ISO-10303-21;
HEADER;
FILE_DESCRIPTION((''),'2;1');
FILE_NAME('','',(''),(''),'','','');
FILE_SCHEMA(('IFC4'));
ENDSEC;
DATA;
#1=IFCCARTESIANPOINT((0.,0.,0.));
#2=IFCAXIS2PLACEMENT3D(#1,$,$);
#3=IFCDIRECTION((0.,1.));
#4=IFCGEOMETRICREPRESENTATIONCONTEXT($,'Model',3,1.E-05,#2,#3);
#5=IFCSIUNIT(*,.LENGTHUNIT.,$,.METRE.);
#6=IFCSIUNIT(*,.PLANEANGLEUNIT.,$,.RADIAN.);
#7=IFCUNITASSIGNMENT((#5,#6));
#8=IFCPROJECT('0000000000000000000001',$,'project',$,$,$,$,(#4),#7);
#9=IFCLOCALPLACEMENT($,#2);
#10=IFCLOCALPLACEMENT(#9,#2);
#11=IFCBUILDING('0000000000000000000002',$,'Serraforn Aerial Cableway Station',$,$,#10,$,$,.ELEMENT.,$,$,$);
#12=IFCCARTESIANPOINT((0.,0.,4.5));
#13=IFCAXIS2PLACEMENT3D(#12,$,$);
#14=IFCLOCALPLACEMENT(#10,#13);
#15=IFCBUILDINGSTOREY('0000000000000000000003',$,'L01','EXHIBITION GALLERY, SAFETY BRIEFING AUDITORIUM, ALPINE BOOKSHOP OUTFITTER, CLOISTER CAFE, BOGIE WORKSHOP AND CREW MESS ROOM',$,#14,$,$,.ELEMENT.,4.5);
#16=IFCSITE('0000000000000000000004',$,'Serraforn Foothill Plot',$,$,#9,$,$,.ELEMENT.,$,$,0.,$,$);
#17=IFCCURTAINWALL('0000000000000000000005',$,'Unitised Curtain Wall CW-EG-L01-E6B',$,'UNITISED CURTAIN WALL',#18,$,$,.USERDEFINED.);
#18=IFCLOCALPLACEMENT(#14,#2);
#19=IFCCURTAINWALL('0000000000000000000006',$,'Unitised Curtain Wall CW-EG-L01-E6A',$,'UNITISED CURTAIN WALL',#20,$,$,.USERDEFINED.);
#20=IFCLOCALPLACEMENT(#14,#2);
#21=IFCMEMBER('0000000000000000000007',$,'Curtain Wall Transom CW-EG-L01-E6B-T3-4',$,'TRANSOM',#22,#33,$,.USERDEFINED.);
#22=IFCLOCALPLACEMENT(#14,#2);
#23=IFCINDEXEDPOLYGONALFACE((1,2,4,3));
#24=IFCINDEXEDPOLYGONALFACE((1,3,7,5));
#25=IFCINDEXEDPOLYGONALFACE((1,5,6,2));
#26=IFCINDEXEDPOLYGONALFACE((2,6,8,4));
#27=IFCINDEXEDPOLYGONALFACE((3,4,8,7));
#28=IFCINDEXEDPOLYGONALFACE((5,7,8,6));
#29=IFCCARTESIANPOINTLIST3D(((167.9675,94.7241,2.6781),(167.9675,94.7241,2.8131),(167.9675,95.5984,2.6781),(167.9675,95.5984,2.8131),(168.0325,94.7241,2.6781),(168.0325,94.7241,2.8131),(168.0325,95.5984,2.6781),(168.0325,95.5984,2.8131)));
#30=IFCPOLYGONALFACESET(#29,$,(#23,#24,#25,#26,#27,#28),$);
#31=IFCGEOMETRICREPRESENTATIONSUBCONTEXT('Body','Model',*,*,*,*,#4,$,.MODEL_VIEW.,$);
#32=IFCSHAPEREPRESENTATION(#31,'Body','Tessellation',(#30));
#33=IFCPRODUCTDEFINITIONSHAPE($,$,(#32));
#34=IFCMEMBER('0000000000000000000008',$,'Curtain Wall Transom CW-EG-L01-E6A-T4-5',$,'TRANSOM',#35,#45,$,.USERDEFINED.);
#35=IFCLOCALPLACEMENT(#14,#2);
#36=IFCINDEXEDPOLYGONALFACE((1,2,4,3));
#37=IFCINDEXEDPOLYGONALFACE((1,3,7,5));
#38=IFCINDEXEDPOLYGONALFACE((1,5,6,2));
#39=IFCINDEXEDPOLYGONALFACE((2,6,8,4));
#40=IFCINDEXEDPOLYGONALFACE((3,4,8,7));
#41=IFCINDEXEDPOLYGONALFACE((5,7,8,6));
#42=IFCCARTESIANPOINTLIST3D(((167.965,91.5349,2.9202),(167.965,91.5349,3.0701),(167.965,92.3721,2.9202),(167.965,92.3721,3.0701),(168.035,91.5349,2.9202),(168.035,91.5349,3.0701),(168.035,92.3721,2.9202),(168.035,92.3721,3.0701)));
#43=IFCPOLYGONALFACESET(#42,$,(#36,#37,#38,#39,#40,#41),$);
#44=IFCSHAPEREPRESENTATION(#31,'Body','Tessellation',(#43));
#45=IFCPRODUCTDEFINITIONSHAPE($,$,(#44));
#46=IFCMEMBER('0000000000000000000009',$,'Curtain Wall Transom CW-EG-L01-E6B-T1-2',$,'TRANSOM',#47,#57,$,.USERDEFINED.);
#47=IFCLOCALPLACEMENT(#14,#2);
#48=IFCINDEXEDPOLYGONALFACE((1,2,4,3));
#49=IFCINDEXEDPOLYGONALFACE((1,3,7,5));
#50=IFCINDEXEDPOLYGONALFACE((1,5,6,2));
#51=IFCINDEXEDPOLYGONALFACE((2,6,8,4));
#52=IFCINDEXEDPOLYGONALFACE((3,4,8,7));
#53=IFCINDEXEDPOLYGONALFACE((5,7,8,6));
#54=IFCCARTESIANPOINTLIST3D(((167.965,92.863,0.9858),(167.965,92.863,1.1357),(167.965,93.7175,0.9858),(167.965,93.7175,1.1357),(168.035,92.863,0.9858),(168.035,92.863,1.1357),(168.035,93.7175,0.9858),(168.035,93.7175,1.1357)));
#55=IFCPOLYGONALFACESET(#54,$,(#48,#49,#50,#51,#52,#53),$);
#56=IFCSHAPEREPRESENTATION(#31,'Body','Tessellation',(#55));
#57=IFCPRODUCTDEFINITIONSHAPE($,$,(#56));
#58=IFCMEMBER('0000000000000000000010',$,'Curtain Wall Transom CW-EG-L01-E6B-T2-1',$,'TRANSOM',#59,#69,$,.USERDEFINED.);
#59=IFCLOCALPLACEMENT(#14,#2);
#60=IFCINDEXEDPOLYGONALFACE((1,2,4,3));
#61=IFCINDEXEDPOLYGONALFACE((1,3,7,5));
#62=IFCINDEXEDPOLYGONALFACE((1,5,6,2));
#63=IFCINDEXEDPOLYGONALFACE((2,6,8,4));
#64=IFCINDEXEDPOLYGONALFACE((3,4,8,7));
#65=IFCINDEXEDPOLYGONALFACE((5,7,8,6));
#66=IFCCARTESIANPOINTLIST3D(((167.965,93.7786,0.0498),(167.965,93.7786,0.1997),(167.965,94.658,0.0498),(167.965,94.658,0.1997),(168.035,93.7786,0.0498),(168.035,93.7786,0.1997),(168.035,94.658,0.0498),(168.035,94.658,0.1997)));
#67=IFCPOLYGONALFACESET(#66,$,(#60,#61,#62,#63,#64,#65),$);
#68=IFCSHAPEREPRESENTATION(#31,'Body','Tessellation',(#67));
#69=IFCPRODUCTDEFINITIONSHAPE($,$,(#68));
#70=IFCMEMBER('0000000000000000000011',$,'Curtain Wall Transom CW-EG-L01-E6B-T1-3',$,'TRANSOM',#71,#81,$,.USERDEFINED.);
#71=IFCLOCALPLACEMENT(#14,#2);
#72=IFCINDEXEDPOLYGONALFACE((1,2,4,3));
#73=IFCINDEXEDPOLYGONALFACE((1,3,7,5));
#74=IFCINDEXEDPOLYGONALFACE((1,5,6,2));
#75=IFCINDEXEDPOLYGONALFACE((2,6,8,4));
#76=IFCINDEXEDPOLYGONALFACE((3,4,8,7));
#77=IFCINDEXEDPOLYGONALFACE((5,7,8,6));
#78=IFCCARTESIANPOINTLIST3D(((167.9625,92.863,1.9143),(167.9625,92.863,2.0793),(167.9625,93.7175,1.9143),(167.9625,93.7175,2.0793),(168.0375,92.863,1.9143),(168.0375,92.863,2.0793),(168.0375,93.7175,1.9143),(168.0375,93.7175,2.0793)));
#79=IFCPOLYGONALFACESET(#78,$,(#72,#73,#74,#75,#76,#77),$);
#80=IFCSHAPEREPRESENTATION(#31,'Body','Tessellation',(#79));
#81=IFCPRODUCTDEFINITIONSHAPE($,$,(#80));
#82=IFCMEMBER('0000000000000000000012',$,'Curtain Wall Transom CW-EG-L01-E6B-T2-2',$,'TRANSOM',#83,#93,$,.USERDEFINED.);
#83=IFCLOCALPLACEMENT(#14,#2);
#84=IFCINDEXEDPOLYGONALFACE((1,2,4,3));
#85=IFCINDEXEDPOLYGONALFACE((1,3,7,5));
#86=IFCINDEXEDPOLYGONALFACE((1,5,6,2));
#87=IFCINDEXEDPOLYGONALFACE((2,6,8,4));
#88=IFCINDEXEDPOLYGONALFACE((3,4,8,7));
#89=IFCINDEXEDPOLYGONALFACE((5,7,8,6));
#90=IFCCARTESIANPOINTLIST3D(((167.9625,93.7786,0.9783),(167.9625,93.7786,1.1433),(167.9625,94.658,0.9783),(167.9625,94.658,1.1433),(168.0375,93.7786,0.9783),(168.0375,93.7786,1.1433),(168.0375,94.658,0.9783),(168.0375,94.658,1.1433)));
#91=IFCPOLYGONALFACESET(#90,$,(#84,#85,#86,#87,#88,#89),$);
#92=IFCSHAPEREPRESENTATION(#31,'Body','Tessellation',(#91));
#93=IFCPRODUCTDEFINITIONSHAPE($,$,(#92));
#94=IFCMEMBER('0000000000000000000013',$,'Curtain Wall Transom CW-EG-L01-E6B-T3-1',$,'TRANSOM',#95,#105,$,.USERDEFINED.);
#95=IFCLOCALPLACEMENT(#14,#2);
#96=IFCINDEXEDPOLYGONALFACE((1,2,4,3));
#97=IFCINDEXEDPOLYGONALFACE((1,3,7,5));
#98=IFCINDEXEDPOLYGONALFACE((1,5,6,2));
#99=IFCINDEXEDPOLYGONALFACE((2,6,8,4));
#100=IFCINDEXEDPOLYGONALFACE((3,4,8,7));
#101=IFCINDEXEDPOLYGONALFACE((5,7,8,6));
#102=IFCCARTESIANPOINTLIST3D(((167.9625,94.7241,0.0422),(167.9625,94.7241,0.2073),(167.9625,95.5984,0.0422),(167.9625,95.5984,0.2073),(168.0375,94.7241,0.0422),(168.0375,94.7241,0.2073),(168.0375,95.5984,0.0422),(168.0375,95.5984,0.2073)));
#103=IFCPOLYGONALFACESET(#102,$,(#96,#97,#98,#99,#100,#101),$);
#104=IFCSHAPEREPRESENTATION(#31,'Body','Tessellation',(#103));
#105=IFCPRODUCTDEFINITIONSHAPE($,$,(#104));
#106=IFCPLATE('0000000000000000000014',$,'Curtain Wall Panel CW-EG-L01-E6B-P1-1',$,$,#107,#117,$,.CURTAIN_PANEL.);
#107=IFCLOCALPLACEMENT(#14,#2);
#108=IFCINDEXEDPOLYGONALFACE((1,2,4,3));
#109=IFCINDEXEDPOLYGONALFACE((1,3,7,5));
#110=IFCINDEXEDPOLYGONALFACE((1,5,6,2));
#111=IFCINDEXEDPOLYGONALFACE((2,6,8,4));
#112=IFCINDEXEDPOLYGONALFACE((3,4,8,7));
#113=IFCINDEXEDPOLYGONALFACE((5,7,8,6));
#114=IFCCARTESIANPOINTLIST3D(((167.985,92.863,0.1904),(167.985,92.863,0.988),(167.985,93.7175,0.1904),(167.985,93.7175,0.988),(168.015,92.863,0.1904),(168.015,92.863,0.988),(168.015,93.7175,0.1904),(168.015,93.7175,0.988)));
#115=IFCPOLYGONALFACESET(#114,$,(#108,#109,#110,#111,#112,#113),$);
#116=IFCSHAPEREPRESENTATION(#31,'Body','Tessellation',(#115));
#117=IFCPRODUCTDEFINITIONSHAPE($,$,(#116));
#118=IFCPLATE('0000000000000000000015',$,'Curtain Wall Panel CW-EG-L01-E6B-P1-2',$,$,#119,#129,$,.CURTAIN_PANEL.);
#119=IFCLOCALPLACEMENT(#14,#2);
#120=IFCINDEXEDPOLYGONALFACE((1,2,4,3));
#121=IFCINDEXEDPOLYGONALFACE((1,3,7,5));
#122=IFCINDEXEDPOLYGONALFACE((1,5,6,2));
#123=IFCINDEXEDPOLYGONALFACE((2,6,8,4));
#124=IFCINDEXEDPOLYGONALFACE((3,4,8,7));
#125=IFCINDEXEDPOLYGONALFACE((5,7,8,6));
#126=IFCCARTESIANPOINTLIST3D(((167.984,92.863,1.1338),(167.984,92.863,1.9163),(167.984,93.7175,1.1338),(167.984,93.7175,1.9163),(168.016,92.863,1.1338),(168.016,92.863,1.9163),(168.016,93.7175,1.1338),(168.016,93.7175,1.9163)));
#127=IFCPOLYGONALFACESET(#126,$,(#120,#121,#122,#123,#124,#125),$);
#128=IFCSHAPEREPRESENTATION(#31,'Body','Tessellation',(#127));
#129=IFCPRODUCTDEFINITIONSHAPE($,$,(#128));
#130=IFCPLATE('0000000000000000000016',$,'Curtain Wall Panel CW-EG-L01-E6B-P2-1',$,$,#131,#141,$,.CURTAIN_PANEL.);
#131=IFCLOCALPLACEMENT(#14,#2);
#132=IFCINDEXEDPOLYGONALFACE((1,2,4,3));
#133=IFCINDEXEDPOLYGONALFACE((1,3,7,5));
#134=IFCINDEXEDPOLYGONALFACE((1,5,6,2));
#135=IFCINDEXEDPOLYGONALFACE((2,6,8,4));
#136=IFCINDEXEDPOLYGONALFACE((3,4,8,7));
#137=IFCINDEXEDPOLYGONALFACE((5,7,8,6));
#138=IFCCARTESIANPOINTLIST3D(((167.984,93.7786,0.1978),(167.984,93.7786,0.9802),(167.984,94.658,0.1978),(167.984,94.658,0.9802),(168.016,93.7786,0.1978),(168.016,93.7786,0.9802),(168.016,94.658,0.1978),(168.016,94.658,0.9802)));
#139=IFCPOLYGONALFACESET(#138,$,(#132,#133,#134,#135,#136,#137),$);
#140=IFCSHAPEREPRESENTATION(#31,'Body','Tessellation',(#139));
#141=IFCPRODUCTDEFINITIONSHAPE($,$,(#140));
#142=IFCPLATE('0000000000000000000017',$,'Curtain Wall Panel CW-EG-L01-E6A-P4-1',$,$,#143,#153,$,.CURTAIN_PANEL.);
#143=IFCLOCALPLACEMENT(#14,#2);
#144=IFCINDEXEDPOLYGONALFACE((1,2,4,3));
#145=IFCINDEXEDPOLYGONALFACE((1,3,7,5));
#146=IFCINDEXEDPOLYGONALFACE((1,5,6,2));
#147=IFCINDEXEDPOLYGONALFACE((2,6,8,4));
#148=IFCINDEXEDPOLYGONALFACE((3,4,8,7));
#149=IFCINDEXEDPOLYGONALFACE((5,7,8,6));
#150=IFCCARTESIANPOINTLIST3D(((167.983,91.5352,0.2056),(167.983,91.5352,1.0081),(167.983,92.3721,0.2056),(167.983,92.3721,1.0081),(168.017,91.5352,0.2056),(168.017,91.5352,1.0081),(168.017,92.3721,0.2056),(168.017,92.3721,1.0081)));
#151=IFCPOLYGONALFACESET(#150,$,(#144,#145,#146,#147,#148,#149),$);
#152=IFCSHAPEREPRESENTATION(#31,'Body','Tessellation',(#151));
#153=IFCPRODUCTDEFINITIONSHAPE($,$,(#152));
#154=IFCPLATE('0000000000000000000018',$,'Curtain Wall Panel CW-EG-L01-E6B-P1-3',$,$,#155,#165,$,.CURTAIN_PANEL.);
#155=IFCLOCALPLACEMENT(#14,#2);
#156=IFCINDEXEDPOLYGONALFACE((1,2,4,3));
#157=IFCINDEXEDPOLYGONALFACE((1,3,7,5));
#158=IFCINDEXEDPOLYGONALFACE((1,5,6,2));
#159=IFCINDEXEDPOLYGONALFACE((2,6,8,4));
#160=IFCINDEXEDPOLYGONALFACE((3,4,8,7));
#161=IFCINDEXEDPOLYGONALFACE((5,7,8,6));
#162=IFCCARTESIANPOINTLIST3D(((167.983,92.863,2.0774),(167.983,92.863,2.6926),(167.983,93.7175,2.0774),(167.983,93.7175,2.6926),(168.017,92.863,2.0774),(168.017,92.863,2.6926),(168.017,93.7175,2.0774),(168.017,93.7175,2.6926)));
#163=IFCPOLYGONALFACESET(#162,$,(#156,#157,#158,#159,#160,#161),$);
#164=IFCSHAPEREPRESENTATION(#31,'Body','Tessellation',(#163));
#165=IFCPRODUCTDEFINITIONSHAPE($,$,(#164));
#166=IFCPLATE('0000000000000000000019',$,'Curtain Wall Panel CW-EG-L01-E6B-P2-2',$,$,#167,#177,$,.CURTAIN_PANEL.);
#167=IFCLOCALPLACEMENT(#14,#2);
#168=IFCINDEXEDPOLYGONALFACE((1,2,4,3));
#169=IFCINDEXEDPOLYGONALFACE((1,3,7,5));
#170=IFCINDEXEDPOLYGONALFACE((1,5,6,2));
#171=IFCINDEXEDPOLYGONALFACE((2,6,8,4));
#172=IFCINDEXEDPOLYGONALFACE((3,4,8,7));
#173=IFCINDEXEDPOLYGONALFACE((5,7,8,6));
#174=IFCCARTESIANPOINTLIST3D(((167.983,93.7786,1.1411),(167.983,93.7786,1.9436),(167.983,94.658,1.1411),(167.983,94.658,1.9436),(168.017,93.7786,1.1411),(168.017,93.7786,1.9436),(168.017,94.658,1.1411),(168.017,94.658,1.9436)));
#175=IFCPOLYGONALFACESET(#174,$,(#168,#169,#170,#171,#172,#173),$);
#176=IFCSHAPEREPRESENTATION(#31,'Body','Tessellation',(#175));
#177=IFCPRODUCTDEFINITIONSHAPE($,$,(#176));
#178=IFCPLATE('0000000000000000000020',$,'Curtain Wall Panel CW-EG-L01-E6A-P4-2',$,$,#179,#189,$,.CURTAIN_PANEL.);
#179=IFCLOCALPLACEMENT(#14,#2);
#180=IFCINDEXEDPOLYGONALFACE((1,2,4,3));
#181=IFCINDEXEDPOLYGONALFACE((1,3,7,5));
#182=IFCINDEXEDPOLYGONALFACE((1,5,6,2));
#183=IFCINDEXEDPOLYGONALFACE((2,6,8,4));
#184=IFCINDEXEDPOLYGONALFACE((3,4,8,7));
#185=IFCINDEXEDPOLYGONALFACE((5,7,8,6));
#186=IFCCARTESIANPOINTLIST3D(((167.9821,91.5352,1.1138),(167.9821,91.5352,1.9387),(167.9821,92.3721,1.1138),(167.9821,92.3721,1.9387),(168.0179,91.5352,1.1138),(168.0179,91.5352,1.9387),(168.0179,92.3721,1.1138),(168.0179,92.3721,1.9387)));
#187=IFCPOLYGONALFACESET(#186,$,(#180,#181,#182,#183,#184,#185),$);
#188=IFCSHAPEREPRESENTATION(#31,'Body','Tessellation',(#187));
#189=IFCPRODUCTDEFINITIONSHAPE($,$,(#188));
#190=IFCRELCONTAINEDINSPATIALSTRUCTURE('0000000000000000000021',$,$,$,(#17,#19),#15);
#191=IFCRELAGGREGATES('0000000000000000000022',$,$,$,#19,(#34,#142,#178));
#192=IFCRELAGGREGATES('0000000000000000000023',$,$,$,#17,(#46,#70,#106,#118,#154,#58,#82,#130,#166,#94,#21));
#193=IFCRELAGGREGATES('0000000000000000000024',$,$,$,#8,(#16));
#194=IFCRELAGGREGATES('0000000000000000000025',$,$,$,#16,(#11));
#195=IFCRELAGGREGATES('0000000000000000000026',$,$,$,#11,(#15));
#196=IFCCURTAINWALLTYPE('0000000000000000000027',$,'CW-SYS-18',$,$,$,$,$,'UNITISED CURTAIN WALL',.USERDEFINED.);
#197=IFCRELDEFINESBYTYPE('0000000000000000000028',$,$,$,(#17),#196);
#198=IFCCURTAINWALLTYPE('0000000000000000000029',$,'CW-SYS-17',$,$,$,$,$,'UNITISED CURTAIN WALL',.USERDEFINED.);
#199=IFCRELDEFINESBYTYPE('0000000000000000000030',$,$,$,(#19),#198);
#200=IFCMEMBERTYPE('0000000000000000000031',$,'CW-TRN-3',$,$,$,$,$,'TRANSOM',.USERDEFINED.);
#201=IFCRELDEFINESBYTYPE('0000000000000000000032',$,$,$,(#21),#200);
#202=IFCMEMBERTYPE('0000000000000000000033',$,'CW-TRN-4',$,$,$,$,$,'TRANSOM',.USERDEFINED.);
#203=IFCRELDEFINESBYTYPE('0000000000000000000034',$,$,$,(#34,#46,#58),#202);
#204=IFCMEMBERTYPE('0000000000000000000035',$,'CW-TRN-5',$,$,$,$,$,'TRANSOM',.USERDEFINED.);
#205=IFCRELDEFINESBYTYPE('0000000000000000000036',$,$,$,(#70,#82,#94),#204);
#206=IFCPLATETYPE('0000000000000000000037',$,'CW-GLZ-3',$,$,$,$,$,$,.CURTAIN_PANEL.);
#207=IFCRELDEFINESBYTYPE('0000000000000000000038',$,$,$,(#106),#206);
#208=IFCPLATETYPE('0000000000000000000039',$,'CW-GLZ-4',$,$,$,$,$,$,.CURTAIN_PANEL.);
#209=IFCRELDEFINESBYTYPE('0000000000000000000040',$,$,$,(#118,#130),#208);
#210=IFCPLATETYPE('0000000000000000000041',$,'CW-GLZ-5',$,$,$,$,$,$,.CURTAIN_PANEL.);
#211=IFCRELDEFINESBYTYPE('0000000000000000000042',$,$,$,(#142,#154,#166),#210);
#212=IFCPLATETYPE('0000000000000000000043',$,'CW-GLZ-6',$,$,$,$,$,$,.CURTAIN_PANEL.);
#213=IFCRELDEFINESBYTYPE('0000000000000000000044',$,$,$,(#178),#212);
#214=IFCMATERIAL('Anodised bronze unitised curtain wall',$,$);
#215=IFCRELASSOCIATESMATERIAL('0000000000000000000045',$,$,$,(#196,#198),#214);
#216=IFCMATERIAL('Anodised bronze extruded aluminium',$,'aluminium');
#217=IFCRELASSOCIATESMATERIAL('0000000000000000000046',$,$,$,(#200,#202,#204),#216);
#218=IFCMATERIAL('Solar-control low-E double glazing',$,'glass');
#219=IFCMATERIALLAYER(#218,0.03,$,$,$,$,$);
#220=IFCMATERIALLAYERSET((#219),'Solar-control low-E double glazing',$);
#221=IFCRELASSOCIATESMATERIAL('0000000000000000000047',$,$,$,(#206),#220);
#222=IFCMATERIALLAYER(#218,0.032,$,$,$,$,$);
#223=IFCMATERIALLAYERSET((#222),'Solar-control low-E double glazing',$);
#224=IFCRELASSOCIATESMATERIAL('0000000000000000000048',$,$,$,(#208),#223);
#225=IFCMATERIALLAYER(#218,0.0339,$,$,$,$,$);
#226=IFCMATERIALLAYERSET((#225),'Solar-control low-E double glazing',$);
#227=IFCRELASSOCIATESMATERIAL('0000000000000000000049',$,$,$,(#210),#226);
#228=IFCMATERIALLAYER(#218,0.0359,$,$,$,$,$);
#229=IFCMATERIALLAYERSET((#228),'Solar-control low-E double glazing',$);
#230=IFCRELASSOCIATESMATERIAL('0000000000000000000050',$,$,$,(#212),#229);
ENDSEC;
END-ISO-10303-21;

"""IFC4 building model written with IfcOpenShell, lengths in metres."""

from ifc_helpers import new_model, si_unit, direction, frame, origin, origin_2d, place, context, subcontext, project, spatial, rectangle, extrude, material, layer, layer_set, material_profile, profile_set, type_object, element, aggregate, save


model = new_model("IFC4")

# Units and contexts
model_context = context("Model", 3, precision=1e-05, world=origin(), true_north=direction((0.0, 1.0)))
body_context = subcontext(model_context, "Body", "Model", "MODEL_VIEW")
ifc_project = project(units=[si_unit("LENGTHUNIT", "METRE"), si_unit("PLANEANGLEUNIT", "RADIAN")], contexts=[model_context])

# Site, building, storey
site_placement = place(None, origin())
site = spatial("IfcSite", under=ifc_project, at=site_placement, Name="Serraforn Foothill Plot", CompositionType="ELEMENT", RefElevation=0.0)
building_placement = place(site_placement, origin())
building = spatial("IfcBuilding", under=site, at=building_placement, Name="Serraforn Aerial Cableway Station", CompositionType="ELEMENT")
storey_placement = place(building_placement, frame((0.0, 0.0, 4.5)))
storey = spatial("IfcBuildingStorey", under=building, at=storey_placement, Name="L01", Description="EXHIBITION GALLERY, SAFETY BRIEFING AUDITORIUM, ALPINE BOOKSHOP OUTFITTER, CLOISTER CAFE, BOGIE WORKSHOP AND CREW MESS ROOM", CompositionType="ELEMENT", Elevation=4.5)

# Curtain wall
ifc_material_1 = material(Name="Anodised bronze unitised curtain wall")
curtain_wall_type_1 = type_object("IfcCurtainWallType", Name="CW-SYS-18", ElementType="UNITISED CURTAIN WALL", PredefinedType="USERDEFINED", material=ifc_material_1)
curtain_wall_1_placement = place(storey_placement, origin())
curtain_wall_1 = element("IfcCurtainWall", 1, at=curtain_wall_1_placement, inside=storey, type_object=curtain_wall_type_1, Name="Unitised Curtain Wall CW-EG-L01-E6B", ObjectType="UNITISED CURTAIN WALL", PredefinedType="USERDEFINED")
ifc_material_2 = material(Name="Anodised bronze extruded aluminium", Category="aluminium")

# Curtain wall
curtain_wall_type_2 = type_object("IfcCurtainWallType", Name="CW-SYS-17", ElementType="UNITISED CURTAIN WALL", PredefinedType="USERDEFINED", material=ifc_material_1)
curtain_wall_2_placement = place(storey_placement, origin())
curtain_wall_2 = element("IfcCurtainWall", 2, at=curtain_wall_2_placement, inside=storey, type_object=curtain_wall_type_2, Name="Unitised Curtain Wall CW-EG-L01-E6A", ObjectType="UNITISED CURTAIN WALL", PredefinedType="USERDEFINED")

# Members
ifc_material_profile_1 = material_profile(ifc_material_2, rectangle(XDim=0.0649, YDim=0.135, at=origin_2d()), Name="CW TRANSOM 65x135")
ifc_profile_set_1 = profile_set([ifc_material_profile_1], Name="Anodised bronze extruded aluminium")
member_type_1 = type_object("IfcMemberType", Name="CW-TRN-3", ElementType="TRANSOM", PredefinedType="USERDEFINED", material=ifc_profile_set_1)
member_1_placement = place(storey_placement, frame((168.0, 94.7241, 2.7456), z_axis=(0.0, 1.0, 0.0), x_axis=(-1.0, 0.0, 0.0)))
member_1 = element("IfcMember", 3, at=member_1_placement, type_object=member_type_1, Name="Curtain Wall Transom CW-EG-L01-E6B-T3-4", ObjectType="TRANSOM", PredefinedType="USERDEFINED", context=body_context, shape_type="SweptSolid", body=[
    extrude(rectangle(XDim=0.0649, YDim=0.135, at=origin_2d()), origin(), (0.0, 0.0, 1.0), 0.8743),
])
ifc_material_profile_2 = material_profile(ifc_material_2, rectangle(XDim=0.0701, YDim=0.1499, at=origin_2d()), Name="CW TRANSOM 70x150")
ifc_profile_set_2 = profile_set([ifc_material_profile_2], Name="Anodised bronze extruded aluminium")
member_type_2 = type_object("IfcMemberType", Name="CW-TRN-4", ElementType="TRANSOM", PredefinedType="USERDEFINED", material=ifc_profile_set_2)
member_2_placement = place(storey_placement, frame((168.0, 91.5349, 2.9951), z_axis=(0.0, 1.0, 0.0), x_axis=(-1.0, 0.0, 0.0)))
member_2 = element("IfcMember", 4, at=member_2_placement, type_object=member_type_2, Name="Curtain Wall Transom CW-EG-L01-E6A-T4-5", ObjectType="TRANSOM", PredefinedType="USERDEFINED", context=body_context, shape_type="SweptSolid", body=[
    extrude(rectangle(XDim=0.0701, YDim=0.1499, at=origin_2d()), origin(), (0.0, 0.0, 1.0), 0.8372),
])
member_3_placement = place(storey_placement, frame((168.0, 92.863, 1.0608), z_axis=(0.0, 1.0, 0.0), x_axis=(-1.0, 0.0, 0.0)))
member_3 = element("IfcMember", 5, at=member_3_placement, type_object=member_type_2, Name="Curtain Wall Transom CW-EG-L01-E6B-T1-2", ObjectType="TRANSOM", PredefinedType="USERDEFINED", context=body_context, shape_type="SweptSolid", body=[
    extrude(rectangle(XDim=0.0701, YDim=0.1499, at=origin_2d()), origin(), (0.0, 0.0, 1.0), 0.8545),
])
member_4_placement = place(storey_placement, frame((168.0, 93.7786, 0.1248), z_axis=(0.0, 1.0, 0.0), x_axis=(-1.0, 0.0, 0.0)))
member_4 = element("IfcMember", 6, at=member_4_placement, type_object=member_type_2, Name="Curtain Wall Transom CW-EG-L01-E6B-T2-1", ObjectType="TRANSOM", PredefinedType="USERDEFINED", context=body_context, shape_type="SweptSolid", body=[
    extrude(rectangle(XDim=0.0701, YDim=0.1499, at=origin_2d()), origin(), (0.0, 0.0, 1.0), 0.8794),
])
ifc_material_profile_3 = material_profile(ifc_material_2, rectangle(XDim=0.075, YDim=0.165, at=origin_2d()), Name="CW TRANSOM 75x165")
ifc_profile_set_3 = profile_set([ifc_material_profile_3], Name="Anodised bronze extruded aluminium")
member_type_3 = type_object("IfcMemberType", Name="CW-TRN-5", ElementType="TRANSOM", PredefinedType="USERDEFINED", material=ifc_profile_set_3)
member_5_placement = place(storey_placement, frame((168.0, 92.863, 1.9968), z_axis=(0.0, 1.0, 0.0), x_axis=(-1.0, 0.0, 0.0)))
member_5 = element("IfcMember", 7, at=member_5_placement, type_object=member_type_3, Name="Curtain Wall Transom CW-EG-L01-E6B-T1-3", ObjectType="TRANSOM", PredefinedType="USERDEFINED", context=body_context, shape_type="SweptSolid", body=[
    extrude(rectangle(XDim=0.075, YDim=0.165, at=origin_2d()), origin(), (0.0, 0.0, 1.0), 0.8545),
])
member_6_placement = place(storey_placement, frame((168.0, 93.7786, 1.0608), z_axis=(0.0, 1.0, 0.0), x_axis=(-1.0, 0.0, 0.0)))
member_6 = element("IfcMember", 8, at=member_6_placement, type_object=member_type_3, Name="Curtain Wall Transom CW-EG-L01-E6B-T2-2", ObjectType="TRANSOM", PredefinedType="USERDEFINED", context=body_context, shape_type="SweptSolid", body=[
    extrude(rectangle(XDim=0.075, YDim=0.165, at=origin_2d()), origin(), (0.0, 0.0, 1.0), 0.8794),
])
member_7_placement = place(storey_placement, frame((168.0, 94.7241, 0.1248), z_axis=(0.0, 1.0, 0.0), x_axis=(-1.0, 0.0, 0.0)))
member_7 = element("IfcMember", 9, at=member_7_placement, type_object=member_type_3, Name="Curtain Wall Transom CW-EG-L01-E6B-T3-1", ObjectType="TRANSOM", PredefinedType="USERDEFINED", context=body_context, shape_type="SweptSolid", body=[
    extrude(rectangle(XDim=0.075, YDim=0.165, at=origin_2d()), origin(), (0.0, 0.0, 1.0), 0.8743),
])

# Plates
ifc_material_3 = material(Name="Solar-control low-E double glazing", Category="glass")
ifc_layer_1 = layer(ifc_material_3, 0.03)
ifc_layer_set_1 = layer_set([ifc_layer_1], Name="Solar-control low-E double glazing")
plate_type_1 = type_object("IfcPlateType", Name="CW-GLZ-3", PredefinedType="CURTAIN_PANEL", material=ifc_layer_set_1)
plate_1_placement = place(storey_placement, frame((168.0, 93.2903, 0.1904), z_axis=(0.0, 0.0, 1.0), x_axis=(1.0, 0.0, 0.0)))
plate_1 = element("IfcPlate", 10, at=plate_1_placement, type_object=plate_type_1, Name="Curtain Wall Panel CW-EG-L01-E6B-P1-1", PredefinedType="CURTAIN_PANEL", context=body_context, shape_type="SweptSolid", body=[
    extrude(rectangle(XDim=0.03, YDim=0.8545, at=origin_2d()), origin(), (0.0, 0.0, 1.0), 0.7976),
])
ifc_layer_2 = layer(ifc_material_3, 0.032)
ifc_layer_set_2 = layer_set([ifc_layer_2], Name="Solar-control low-E double glazing")
plate_type_2 = type_object("IfcPlateType", Name="CW-GLZ-4", PredefinedType="CURTAIN_PANEL", material=ifc_layer_set_2)
plate_2_placement = place(storey_placement, frame((168.0, 93.2903, 1.1338), z_axis=(0.0, 0.0, 1.0), x_axis=(1.0, 0.0, 0.0)))
plate_2 = element("IfcPlate", 11, at=plate_2_placement, type_object=plate_type_2, Name="Curtain Wall Panel CW-EG-L01-E6B-P1-2", PredefinedType="CURTAIN_PANEL", context=body_context, shape_type="SweptSolid", body=[
    extrude(rectangle(XDim=0.032, YDim=0.8545, at=origin_2d()), origin(), (0.0, 0.0, 1.0), 0.7825),
])
plate_3_placement = place(storey_placement, frame((168.0, 94.2183, 0.1978), z_axis=(0.0, 0.0, 1.0), x_axis=(1.0, 0.0, 0.0)))
plate_3 = element("IfcPlate", 12, at=plate_3_placement, type_object=plate_type_2, Name="Curtain Wall Panel CW-EG-L01-E6B-P2-1", PredefinedType="CURTAIN_PANEL", context=body_context, shape_type="SweptSolid", body=[
    extrude(rectangle(XDim=0.032, YDim=0.8794, at=origin_2d()), origin(), (0.0, 0.0, 1.0), 0.7825),
])
ifc_layer_3 = layer(ifc_material_3, 0.0339)
ifc_layer_set_3 = layer_set([ifc_layer_3], Name="Solar-control low-E double glazing")
plate_type_3 = type_object("IfcPlateType", Name="CW-GLZ-5", PredefinedType="CURTAIN_PANEL", material=ifc_layer_set_3)
plate_4_placement = place(storey_placement, frame((168.0, 91.9536, 0.2056), z_axis=(0.0, 0.0, 1.0), x_axis=(1.0, 0.0, 0.0)))
plate_4 = element("IfcPlate", 13, at=plate_4_placement, type_object=plate_type_3, Name="Curtain Wall Panel CW-EG-L01-E6A-P4-1", PredefinedType="CURTAIN_PANEL", context=body_context, shape_type="SweptSolid", body=[
    extrude(rectangle(XDim=0.0339, YDim=0.8369, at=origin_2d()), origin(), (0.0, 0.0, 1.0), 0.8025),
])
plate_5_placement = place(storey_placement, frame((168.0, 93.2903, 2.0774), z_axis=(0.0, 0.0, 1.0), x_axis=(1.0, 0.0, 0.0)))
plate_5 = element("IfcPlate", 14, at=plate_5_placement, type_object=plate_type_3, Name="Curtain Wall Panel CW-EG-L01-E6B-P1-3", PredefinedType="CURTAIN_PANEL", context=body_context, shape_type="SweptSolid", body=[
    extrude(rectangle(XDim=0.0339, YDim=0.8545, at=origin_2d()), origin(), (0.0, 0.0, 1.0), 0.6152),
])
plate_6_placement = place(storey_placement, frame((168.0, 94.2183, 1.1411), z_axis=(0.0, 0.0, 1.0), x_axis=(1.0, 0.0, 0.0)))
plate_6 = element("IfcPlate", 15, at=plate_6_placement, type_object=plate_type_3, Name="Curtain Wall Panel CW-EG-L01-E6B-P2-2", PredefinedType="CURTAIN_PANEL", context=body_context, shape_type="SweptSolid", body=[
    extrude(rectangle(XDim=0.0339, YDim=0.8794, at=origin_2d()), origin(), (0.0, 0.0, 1.0), 0.8025),
])
ifc_layer_4 = layer(ifc_material_3, 0.0359)
ifc_layer_set_4 = layer_set([ifc_layer_4], Name="Solar-control low-E double glazing")
plate_type_4 = type_object("IfcPlateType", Name="CW-GLZ-6", PredefinedType="CURTAIN_PANEL", material=ifc_layer_set_4)
plate_7_placement = place(storey_placement, frame((168.0, 91.9536, 1.1138), z_axis=(0.0, 0.0, 1.0), x_axis=(1.0, 0.0, 0.0)))
plate_7 = element("IfcPlate", 16, at=plate_7_placement, type_object=plate_type_4, Name="Curtain Wall Panel CW-EG-L01-E6A-P4-2", PredefinedType="CURTAIN_PANEL", context=body_context, shape_type="SweptSolid", body=[
    extrude(rectangle(XDim=0.0359, YDim=0.8369, at=origin_2d()), origin(), (0.0, 0.0, 1.0), 0.825),
])
aggregate(curtain_wall_2, [member_2, plate_4, plate_7])
aggregate(curtain_wall_1, [member_3, member_5, plate_1, plate_2, plate_5, member_4, member_6, plate_3, plate_6, member_7, member_1])

save(model, "model.ifc")
